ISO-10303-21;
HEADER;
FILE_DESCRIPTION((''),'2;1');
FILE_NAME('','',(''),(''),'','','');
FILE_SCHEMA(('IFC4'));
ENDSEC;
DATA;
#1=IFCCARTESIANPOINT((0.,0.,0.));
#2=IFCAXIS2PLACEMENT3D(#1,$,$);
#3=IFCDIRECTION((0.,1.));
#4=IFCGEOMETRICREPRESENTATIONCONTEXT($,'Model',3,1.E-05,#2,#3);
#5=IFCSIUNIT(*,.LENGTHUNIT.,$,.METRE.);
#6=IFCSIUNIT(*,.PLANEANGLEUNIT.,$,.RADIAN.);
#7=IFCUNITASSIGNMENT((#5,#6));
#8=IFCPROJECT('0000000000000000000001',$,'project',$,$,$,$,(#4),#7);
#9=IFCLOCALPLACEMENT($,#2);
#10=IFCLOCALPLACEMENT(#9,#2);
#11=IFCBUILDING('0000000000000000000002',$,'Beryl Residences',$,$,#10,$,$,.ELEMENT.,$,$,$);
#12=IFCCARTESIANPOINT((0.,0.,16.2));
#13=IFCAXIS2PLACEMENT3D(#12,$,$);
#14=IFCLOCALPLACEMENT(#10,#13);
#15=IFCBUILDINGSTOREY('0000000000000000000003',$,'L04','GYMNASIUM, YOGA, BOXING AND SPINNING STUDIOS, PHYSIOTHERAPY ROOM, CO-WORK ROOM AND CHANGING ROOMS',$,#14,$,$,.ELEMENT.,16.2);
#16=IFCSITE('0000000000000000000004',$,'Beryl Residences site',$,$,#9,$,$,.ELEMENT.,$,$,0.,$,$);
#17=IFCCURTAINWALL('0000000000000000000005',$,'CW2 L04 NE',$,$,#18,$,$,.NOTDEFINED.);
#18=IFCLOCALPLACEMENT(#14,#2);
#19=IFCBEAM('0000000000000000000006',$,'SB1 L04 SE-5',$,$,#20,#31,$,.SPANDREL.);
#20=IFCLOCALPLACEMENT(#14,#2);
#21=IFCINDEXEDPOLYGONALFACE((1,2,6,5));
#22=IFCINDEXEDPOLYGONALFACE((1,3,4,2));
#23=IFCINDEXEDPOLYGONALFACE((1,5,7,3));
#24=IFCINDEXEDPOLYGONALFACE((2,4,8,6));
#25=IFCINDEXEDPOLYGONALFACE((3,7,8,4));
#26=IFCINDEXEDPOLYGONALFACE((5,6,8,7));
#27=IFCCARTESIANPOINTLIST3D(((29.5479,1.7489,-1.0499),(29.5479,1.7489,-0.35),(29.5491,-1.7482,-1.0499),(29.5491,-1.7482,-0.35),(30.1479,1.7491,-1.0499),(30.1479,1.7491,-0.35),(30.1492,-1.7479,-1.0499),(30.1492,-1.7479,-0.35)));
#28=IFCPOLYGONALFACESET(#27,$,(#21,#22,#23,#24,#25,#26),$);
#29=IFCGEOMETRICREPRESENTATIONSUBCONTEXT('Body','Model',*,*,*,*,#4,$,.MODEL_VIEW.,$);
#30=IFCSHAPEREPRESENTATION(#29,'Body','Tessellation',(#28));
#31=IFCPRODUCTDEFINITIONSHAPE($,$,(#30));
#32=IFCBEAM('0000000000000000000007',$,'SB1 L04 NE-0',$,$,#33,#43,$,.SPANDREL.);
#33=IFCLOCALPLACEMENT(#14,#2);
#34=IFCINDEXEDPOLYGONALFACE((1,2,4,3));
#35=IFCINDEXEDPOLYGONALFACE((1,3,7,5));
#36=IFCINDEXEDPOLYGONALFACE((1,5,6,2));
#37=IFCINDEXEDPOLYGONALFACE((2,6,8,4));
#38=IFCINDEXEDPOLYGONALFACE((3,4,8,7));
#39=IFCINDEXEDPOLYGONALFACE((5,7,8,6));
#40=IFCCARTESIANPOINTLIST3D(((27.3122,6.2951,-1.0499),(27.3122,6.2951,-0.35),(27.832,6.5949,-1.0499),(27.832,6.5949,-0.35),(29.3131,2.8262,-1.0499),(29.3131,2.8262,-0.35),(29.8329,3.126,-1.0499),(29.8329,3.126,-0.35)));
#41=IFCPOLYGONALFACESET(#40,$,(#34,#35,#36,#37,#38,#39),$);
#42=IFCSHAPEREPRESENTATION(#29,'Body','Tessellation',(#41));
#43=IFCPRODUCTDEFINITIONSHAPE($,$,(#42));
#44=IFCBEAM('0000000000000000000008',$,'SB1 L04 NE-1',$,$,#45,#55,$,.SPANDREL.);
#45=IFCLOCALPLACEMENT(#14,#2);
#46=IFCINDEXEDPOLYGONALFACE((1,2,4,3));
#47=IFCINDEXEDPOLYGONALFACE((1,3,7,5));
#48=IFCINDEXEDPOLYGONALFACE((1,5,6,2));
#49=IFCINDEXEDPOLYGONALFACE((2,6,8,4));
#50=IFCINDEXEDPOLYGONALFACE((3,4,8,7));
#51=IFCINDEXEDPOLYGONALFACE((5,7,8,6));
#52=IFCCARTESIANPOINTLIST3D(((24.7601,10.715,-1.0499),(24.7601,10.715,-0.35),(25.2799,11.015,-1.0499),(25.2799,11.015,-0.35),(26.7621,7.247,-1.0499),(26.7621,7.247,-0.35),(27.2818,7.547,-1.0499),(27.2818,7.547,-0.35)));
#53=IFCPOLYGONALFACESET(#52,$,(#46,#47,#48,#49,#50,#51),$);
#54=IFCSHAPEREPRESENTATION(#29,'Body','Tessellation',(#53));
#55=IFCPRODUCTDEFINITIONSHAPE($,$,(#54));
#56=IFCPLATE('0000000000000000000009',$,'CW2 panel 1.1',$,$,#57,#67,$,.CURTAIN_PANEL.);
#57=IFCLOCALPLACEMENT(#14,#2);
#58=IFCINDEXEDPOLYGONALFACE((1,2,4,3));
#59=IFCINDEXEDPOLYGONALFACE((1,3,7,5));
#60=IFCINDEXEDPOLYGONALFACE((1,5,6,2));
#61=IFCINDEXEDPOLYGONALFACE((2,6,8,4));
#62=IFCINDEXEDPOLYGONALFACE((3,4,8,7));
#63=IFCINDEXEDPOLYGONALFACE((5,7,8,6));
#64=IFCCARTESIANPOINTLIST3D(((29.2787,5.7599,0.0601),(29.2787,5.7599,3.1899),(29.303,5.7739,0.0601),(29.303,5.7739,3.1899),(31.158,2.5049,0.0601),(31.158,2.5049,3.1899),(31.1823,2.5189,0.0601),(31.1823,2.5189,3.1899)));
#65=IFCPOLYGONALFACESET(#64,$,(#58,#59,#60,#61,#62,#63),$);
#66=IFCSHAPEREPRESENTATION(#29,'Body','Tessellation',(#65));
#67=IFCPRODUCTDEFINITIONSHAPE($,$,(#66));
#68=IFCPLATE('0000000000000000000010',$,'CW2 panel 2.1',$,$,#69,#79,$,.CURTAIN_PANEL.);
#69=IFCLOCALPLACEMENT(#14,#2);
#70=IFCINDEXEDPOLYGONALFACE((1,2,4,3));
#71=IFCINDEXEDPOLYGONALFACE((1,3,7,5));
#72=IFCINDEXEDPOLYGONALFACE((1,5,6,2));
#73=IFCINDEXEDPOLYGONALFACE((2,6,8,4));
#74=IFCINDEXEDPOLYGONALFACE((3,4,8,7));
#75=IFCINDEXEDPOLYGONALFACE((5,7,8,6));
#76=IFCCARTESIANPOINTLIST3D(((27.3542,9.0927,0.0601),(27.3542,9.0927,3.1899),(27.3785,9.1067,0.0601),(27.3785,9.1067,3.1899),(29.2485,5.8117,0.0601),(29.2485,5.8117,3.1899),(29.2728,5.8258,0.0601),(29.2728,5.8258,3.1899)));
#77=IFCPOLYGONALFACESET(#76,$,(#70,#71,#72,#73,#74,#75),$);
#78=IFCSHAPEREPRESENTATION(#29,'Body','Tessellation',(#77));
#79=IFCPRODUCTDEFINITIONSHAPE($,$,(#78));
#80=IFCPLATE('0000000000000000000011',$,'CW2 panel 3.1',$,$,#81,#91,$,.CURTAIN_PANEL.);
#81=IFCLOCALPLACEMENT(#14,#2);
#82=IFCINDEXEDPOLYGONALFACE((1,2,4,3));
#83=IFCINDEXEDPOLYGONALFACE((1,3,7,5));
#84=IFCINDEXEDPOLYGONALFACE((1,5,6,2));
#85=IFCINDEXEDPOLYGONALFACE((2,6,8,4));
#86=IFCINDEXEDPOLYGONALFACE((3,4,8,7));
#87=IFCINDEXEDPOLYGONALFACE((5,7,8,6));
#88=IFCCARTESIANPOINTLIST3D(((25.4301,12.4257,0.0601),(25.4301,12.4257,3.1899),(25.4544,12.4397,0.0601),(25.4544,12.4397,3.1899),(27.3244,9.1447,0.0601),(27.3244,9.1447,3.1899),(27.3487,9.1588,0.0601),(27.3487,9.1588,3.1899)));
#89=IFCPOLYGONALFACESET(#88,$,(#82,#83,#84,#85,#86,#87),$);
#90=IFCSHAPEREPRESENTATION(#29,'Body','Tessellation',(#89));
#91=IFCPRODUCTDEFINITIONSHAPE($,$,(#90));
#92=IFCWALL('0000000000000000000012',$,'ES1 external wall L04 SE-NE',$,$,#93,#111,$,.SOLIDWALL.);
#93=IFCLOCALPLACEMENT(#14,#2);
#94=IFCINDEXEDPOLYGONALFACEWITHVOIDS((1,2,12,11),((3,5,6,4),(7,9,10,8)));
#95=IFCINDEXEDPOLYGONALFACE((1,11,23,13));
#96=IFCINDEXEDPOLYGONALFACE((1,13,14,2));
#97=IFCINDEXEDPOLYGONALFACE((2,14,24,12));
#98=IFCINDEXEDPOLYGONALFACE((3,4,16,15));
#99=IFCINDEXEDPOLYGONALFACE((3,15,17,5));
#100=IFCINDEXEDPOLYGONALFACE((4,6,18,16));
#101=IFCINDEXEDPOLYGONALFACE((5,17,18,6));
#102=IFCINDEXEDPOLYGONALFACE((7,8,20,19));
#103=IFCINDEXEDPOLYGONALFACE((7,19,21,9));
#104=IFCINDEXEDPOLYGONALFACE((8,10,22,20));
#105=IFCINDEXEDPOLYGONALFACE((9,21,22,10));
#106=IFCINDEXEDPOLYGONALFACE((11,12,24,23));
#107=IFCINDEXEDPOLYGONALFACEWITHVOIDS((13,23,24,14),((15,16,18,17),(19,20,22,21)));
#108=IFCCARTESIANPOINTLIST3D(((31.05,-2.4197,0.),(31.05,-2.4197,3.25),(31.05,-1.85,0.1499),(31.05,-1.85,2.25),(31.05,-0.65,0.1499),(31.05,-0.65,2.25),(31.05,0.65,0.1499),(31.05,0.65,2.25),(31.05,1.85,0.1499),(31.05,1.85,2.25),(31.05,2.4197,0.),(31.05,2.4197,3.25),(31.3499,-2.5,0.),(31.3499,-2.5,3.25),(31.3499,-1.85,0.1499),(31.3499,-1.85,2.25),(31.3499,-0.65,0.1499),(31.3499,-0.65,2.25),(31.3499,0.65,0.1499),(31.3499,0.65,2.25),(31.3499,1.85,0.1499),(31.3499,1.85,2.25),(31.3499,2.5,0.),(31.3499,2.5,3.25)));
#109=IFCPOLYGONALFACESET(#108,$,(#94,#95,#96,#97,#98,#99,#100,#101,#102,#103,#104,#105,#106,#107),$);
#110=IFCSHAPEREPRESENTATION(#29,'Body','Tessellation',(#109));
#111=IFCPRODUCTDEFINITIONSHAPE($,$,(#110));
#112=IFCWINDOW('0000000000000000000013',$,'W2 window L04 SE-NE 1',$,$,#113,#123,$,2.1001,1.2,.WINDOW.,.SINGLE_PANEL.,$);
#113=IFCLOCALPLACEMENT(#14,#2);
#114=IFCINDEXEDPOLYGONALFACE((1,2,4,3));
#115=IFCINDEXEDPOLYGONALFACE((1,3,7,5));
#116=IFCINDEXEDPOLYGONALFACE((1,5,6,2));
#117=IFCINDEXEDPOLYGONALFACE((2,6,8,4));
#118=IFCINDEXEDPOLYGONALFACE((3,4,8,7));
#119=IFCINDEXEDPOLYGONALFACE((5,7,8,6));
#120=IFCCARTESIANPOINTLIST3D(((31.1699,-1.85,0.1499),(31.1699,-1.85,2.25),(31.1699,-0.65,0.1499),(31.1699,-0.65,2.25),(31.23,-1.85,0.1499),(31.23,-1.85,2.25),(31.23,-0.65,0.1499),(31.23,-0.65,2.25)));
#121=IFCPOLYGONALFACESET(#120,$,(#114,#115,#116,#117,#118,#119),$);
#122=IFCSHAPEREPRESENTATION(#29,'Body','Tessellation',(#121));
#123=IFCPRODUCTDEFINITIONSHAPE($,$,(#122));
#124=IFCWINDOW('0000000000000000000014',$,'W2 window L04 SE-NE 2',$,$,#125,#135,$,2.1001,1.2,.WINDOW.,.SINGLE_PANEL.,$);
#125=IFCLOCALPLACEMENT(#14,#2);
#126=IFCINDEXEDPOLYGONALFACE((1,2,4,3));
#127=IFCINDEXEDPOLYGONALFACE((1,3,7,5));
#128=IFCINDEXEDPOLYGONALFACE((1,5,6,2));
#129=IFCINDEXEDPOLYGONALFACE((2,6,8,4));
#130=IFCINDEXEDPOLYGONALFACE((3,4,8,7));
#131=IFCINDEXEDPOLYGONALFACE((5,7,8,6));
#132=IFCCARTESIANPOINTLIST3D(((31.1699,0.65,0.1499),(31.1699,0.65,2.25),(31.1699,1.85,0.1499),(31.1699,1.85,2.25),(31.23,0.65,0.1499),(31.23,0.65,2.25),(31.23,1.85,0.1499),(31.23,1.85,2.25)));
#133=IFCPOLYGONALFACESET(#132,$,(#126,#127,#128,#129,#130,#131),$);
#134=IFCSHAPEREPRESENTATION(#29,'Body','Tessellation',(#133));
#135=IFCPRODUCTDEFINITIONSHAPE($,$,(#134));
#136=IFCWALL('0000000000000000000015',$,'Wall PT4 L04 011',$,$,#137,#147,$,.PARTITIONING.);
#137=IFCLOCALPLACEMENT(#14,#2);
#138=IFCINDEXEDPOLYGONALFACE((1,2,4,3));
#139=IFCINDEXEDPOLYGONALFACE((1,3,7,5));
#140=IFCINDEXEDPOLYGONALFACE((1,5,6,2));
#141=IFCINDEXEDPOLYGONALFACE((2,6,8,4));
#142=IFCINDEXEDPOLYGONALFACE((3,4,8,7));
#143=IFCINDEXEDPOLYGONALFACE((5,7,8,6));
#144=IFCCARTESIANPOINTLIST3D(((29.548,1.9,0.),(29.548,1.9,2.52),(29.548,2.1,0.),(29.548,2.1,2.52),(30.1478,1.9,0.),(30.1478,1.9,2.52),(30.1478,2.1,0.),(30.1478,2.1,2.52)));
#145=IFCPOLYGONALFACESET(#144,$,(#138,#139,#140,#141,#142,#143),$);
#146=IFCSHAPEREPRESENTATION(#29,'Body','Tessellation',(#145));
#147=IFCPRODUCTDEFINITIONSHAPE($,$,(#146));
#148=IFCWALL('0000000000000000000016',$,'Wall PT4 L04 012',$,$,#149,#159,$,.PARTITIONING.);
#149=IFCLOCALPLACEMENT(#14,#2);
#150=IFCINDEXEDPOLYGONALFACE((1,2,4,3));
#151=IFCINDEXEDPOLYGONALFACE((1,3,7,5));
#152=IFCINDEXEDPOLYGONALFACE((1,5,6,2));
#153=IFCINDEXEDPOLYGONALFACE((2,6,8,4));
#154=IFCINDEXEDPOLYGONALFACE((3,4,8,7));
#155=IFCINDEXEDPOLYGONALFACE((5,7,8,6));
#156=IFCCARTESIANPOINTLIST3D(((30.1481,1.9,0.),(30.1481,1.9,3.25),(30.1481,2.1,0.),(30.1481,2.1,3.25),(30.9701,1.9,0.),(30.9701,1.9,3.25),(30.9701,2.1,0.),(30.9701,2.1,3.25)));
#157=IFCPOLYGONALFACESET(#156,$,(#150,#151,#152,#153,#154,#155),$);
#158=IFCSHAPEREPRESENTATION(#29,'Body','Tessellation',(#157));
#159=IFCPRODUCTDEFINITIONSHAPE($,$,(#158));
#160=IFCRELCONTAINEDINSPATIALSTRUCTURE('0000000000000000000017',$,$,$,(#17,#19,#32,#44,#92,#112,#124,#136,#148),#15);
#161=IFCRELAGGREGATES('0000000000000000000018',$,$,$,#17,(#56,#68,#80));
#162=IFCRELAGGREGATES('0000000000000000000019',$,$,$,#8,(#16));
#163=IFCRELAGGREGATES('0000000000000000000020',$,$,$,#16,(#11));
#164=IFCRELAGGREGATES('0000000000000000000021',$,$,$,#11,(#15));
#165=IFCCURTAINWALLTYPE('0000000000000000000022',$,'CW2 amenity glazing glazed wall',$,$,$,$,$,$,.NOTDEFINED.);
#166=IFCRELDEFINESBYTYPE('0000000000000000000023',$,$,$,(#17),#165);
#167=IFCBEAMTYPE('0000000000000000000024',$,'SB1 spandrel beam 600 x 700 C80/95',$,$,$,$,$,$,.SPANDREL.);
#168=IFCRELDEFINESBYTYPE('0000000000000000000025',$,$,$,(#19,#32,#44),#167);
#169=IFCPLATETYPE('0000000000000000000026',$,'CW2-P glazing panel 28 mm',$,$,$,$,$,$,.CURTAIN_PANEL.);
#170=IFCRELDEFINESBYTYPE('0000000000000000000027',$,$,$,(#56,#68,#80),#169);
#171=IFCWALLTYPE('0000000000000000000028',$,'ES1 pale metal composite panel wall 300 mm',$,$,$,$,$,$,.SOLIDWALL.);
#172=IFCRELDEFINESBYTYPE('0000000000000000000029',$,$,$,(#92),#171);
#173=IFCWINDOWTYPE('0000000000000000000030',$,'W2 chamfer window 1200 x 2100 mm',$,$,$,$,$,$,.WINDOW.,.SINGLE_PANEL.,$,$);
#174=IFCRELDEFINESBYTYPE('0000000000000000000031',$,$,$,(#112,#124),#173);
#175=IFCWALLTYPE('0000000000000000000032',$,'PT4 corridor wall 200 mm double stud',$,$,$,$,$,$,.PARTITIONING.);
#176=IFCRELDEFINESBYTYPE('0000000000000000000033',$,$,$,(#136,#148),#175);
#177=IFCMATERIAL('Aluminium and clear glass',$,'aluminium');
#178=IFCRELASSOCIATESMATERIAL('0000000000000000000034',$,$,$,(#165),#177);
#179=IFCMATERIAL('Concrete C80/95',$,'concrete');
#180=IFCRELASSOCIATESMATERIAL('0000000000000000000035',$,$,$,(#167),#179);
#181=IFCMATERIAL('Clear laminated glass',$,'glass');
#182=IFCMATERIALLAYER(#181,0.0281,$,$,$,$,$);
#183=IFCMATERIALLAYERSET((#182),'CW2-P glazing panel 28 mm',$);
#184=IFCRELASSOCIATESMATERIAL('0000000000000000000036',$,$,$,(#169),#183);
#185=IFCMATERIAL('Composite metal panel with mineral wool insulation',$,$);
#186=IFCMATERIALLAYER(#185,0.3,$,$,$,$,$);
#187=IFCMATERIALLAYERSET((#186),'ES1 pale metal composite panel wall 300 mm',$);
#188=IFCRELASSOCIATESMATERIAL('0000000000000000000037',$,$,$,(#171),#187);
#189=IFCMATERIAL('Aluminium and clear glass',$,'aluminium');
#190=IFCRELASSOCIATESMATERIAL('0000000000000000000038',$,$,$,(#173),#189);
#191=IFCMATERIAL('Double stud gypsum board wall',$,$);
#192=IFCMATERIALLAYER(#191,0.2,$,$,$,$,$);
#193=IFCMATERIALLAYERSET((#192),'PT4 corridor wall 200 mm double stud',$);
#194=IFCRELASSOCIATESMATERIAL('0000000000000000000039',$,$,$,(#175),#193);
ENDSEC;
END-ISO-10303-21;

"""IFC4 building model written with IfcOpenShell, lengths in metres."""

from ifc_helpers import new_model, si_unit, direction, frame, frame_2d, origin, origin_2d, place, context, subcontext, project, spatial, polyline, rectangle, outline, extrude, material, layer, layer_set, material_profile, profile_set, type_object, element, fill, aggregate, save


model = new_model("IFC4")

# Units and contexts
model_context = context("Model", 3, precision=1e-05, world=origin(), true_north=direction((0.0, 1.0)))
body_context = subcontext(model_context, "Body", "Model", "MODEL_VIEW")
ifc_project = project(units=[si_unit("LENGTHUNIT", "METRE"), si_unit("PLANEANGLEUNIT", "RADIAN")], contexts=[model_context])

# Site, building, storey
site_placement = place(None, origin())
site = spatial("IfcSite", under=ifc_project, at=site_placement, Name="Beryl Residences site", CompositionType="ELEMENT", RefElevation=0.0)
building_placement = place(site_placement, origin())
building = spatial("IfcBuilding", under=site, at=building_placement, Name="Beryl Residences", CompositionType="ELEMENT")
storey_placement = place(building_placement, frame((0.0, 0.0, 16.2)))
storey = spatial("IfcBuildingStorey", under=building, at=storey_placement, Name="L04", Description="GYMNASIUM, YOGA, BOXING AND SPINNING STUDIOS, PHYSIOTHERAPY ROOM, CO-WORK ROOM AND CHANGING ROOMS", CompositionType="ELEMENT", Elevation=16.2)

# Shared definitions
ifc_material_1 = material(Name="Aluminium and clear glass", Category="aluminium")
curtain_wall_type = type_object("IfcCurtainWallType", Name="CW2 amenity glazing glazed wall", PredefinedType="NOTDEFINED", material=ifc_material_1)

# Curtain wall
curtain_wall_1_placement = place(storey_placement, origin())
curtain_wall_1 = element("IfcCurtainWall", 1, at=curtain_wall_1_placement, inside=storey, type_object=curtain_wall_type, Name="CW2 L04 NE", PredefinedType="NOTDEFINED")

# Beams
ifc_material_2 = material(Name="Concrete C80/95", Category="concrete")
ifc_material_profile_1 = material_profile(ifc_material_2, rectangle(XDim=0.6001, YDim=0.7, at=origin_2d()))
ifc_profile_set_1 = profile_set([ifc_material_profile_1], Name="Concrete C80/95")
beam_type = type_object("IfcBeamType", Name="SB1 spandrel beam 600 x 700 C80/95", PredefinedType="SPANDREL", material=ifc_profile_set_1)
beam_1_placement = place(storey_placement, frame((29.8491, -1.748, -0.7), z_axis=(-0.000349, 1.0, 0.0), x_axis=(-1.0, -0.000349, 0.0)))
element("IfcBeam", 2, at=beam_1_placement, inside=storey, type_object=beam_type, Name="SB1 L04 SE-5", PredefinedType="SPANDREL", context=body_context, shape_type="SweptSolid", body=[
    extrude(rectangle(XDim=0.6001, YDim=0.7, at=origin_2d()), origin(), (0.0, 0.0, 1.0), 3.4971),
])
beam_2_placement = place(storey_placement, frame((29.573, 2.9761, -0.7), z_axis=(-0.499654, 0.866225, 0.0), x_axis=(-0.866225, -0.499654, 0.0)))
element("IfcBeam", 3, at=beam_2_placement, inside=storey, type_object=beam_type, Name="SB1 L04 NE-0", PredefinedType="SPANDREL", context=body_context, shape_type="SweptSolid", body=[
    extrude(rectangle(XDim=0.6001, YDim=0.7, at=origin_2d()), origin(), (0.0, 0.0, 1.0), 4.0046),
])
beam_3_placement = place(storey_placement, frame((27.022, 7.397, -0.7), z_axis=(-0.499942, 0.866059, 0.0), x_axis=(-0.866059, -0.499942, 0.0)))
element("IfcBeam", 4, at=beam_3_placement, inside=storey, type_object=beam_type, Name="SB1 L04 NE-1", PredefinedType="SPANDREL", context=body_context, shape_type="SweptSolid", body=[
    extrude(rectangle(XDim=0.6001, YDim=0.7, at=origin_2d()), origin(), (0.0, 0.0, 1.0), 4.0044),
])

# Plates
ifc_material_3 = material(Name="Clear laminated glass", Category="glass")
ifc_layer_1 = layer(ifc_material_3, 0.0281)
ifc_layer_set_1 = layer_set([ifc_layer_1], Name="CW2-P glazing panel 28 mm")
plate_type = type_object("IfcPlateType", Name="CW2-P glazing panel 28 mm", PredefinedType="CURTAIN_PANEL", material=ifc_layer_set_1)
plate_1_placement = place(storey_placement, frame((30.2305, 4.1394, 0.0601), z_axis=(0.0, 0.0, 1.0), x_axis=(-0.500012, 0.866019, 0.0)))
plate_1 = element("IfcPlate", 5, at=plate_1_placement, type_object=plate_type, Name="CW2 panel 1.1", PredefinedType="CURTAIN_PANEL", context=body_context, shape_type="SweptSolid", body=[
    extrude(rectangle(XDim=3.7585, YDim=0.0281, at=origin_2d()), origin(), (0.0, 0.0, 1.0), 3.1299),
])
plate_2_placement = place(storey_placement, frame((28.3135, 7.4592, 0.0601), z_axis=(0.0, 0.0, 1.0), x_axis=(-0.500012, 0.866019, 0.0)))
plate_2 = element("IfcPlate", 6, at=plate_2_placement, type_object=plate_type, Name="CW2 panel 2.1", PredefinedType="CURTAIN_PANEL", context=body_context, shape_type="SweptSolid", body=[
    extrude(rectangle(XDim=3.7886, YDim=0.0281, at=origin_2d()), origin(), (0.0, 0.0, 1.0), 3.1299),
])
plate_3_placement = place(storey_placement, frame((26.3894, 10.7922, 0.0601), z_axis=(0.0, 0.0, 1.0), x_axis=(-0.500012, 0.866019, 0.0)))
plate_3 = element("IfcPlate", 7, at=plate_3_placement, type_object=plate_type, Name="CW2 panel 3.1", PredefinedType="CURTAIN_PANEL", context=body_context, shape_type="SweptSolid", body=[
    extrude(rectangle(XDim=3.7886, YDim=0.0281, at=origin_2d()), origin(), (0.0, 0.0, 1.0), 3.1299),
])
aggregate(curtain_wall_1, [plate_1, plate_2, plate_3])

# Wall, openings, windows
ifc_material_4 = material(Name="Composite metal panel with mineral wool insulation")
ifc_layer_2 = layer(ifc_material_4, 0.3)
ifc_layer_set_2 = layer_set([ifc_layer_2], Name="ES1 pale metal composite panel wall 300 mm")
wall_type_1 = type_object("IfcWallType", Name="ES1 pale metal composite panel wall 300 mm", PredefinedType="SOLIDWALL", material=ifc_layer_set_2)
wall_1_placement = place(storey_placement, frame((31.2, -2.5, 0.0), z_axis=(0.0, 0.0, 1.0), x_axis=(0.0, 1.0, 0.0)))
wall_1 = element("IfcWall", 8, at=wall_1_placement, inside=storey, type_object=wall_type_1, Name="ES1 external wall L04 SE-NE", PredefinedType="SOLIDWALL", context=body_context, shape_type="SweptSolid", body=[
    extrude(outline(polyline([(0.0, -0.1499), (5.0, -0.1499), (4.9197, 0.1499), (0.0803, 0.1499), (0.0, -0.1499)])), origin(), (0.0, 0.0, 1.0), 3.25),
])
opening_1_placement = place(wall_1_placement, frame((0.6499, 0.0, 0.1499)))
opening_1 = element("IfcOpeningElement", 9, at=opening_1_placement, cuts=wall_1, PredefinedType="OPENING", context=body_context, shape_type="SweptSolid", body=[
    extrude(rectangle(XDim=1.2, YDim=2.1001, at=frame_2d((0.6001, 1.05))), frame((0.0, 0.1599, 0.0), z_axis=(0.0, -1.0, 0.0), x_axis=(1.0, 0.0, 0.0)), (0.0, 0.0, 1.0), 0.3201),
])
opening_2_placement = place(wall_1_placement, frame((3.1499, 0.0, 0.1499)))
opening_2 = element("IfcOpeningElement", 10, at=opening_2_placement, cuts=wall_1, PredefinedType="OPENING", context=body_context, shape_type="SweptSolid", body=[
    extrude(rectangle(XDim=1.2, YDim=2.1001, at=frame_2d((0.6001, 1.05))), frame((0.0, 0.1599, 0.0), z_axis=(0.0, -1.0, 0.0), x_axis=(1.0, 0.0, 0.0)), (0.0, 0.0, 1.0), 0.3201),
])
ifc_material_5 = material(Name="Aluminium and clear glass", Category="aluminium")
window_type = type_object("IfcWindowType", Name="W2 chamfer window 1200 x 2100 mm", PartitioningType="SINGLE_PANEL", PredefinedType="WINDOW", material=ifc_material_5)
window_1_placement = place(opening_1_placement, origin())
window_1 = element("IfcWindow", 11, at=window_1_placement, inside=storey, type_object=window_type, Name="W2 window L04 SE-NE 1", OverallHeight=2.1001, OverallWidth=1.2, PartitioningType="SINGLE_PANEL", PredefinedType="WINDOW", context=body_context, shape_type="SweptSolid", body=[
    extrude(rectangle(XDim=1.2, YDim=2.1001, at=frame_2d((0.6001, 1.05))), frame((0.0, 0.03, 0.0), z_axis=(0.0, -1.0, 0.0), x_axis=(1.0, 0.0, 0.0)), (0.0, 0.0, 1.0), 0.0601),
])
fill(opening_1, window_1)
window_2_placement = place(opening_2_placement, origin())
window_2 = element("IfcWindow", 12, at=window_2_placement, inside=storey, type_object=window_type, Name="W2 window L04 SE-NE 2", OverallHeight=2.1001, OverallWidth=1.2, PartitioningType="SINGLE_PANEL", PredefinedType="WINDOW", context=body_context, shape_type="SweptSolid", body=[
    extrude(rectangle(XDim=1.2, YDim=2.1001, at=frame_2d((0.6001, 1.05))), frame((0.0, 0.03, 0.0), z_axis=(0.0, -1.0, 0.0), x_axis=(1.0, 0.0, 0.0)), (0.0, 0.0, 1.0), 0.0601),
])
fill(opening_2, window_2)

# Walls
ifc_material_6 = material(Name="Double stud gypsum board wall")
ifc_layer_3 = layer(ifc_material_6, 0.2)
ifc_layer_set_3 = layer_set([ifc_layer_3], Name="PT4 corridor wall 200 mm double stud")
wall_type_2 = type_object("IfcWallType", Name="PT4 corridor wall 200 mm double stud", PredefinedType="PARTITIONING", material=ifc_layer_set_3)
wall_2_placement = place(storey_placement, frame((29.5481, 2.0, 0.0), z_axis=(0.0, 0.0, 1.0), x_axis=(1.0, 0.0, 0.0)))
element("IfcWall", 13, at=wall_2_placement, inside=storey, type_object=wall_type_2, Name="Wall PT4 L04 011", PredefinedType="PARTITIONING", context=body_context, shape_type="SweptSolid", body=[
    extrude(rectangle(XDim=0.5999, YDim=0.2, at=frame_2d((0.2998, 0.0))), origin(), (0.0, 0.0, 1.0), 2.52),
])
wall_3_placement = place(storey_placement, frame((30.1479, 2.0, 0.0), z_axis=(0.0, 0.0, 1.0), x_axis=(1.0, 0.0, 0.0)))
element("IfcWall", 14, at=wall_3_placement, inside=storey, type_object=wall_type_2, Name="Wall PT4 L04 012", PredefinedType="PARTITIONING", context=body_context, shape_type="SweptSolid", body=[
    extrude(rectangle(XDim=0.822, YDim=0.2, at=frame_2d((0.4111, 0.0))), origin(), (0.0, 0.0, 1.0), 3.25),
])

save(model, "model.ifc")
